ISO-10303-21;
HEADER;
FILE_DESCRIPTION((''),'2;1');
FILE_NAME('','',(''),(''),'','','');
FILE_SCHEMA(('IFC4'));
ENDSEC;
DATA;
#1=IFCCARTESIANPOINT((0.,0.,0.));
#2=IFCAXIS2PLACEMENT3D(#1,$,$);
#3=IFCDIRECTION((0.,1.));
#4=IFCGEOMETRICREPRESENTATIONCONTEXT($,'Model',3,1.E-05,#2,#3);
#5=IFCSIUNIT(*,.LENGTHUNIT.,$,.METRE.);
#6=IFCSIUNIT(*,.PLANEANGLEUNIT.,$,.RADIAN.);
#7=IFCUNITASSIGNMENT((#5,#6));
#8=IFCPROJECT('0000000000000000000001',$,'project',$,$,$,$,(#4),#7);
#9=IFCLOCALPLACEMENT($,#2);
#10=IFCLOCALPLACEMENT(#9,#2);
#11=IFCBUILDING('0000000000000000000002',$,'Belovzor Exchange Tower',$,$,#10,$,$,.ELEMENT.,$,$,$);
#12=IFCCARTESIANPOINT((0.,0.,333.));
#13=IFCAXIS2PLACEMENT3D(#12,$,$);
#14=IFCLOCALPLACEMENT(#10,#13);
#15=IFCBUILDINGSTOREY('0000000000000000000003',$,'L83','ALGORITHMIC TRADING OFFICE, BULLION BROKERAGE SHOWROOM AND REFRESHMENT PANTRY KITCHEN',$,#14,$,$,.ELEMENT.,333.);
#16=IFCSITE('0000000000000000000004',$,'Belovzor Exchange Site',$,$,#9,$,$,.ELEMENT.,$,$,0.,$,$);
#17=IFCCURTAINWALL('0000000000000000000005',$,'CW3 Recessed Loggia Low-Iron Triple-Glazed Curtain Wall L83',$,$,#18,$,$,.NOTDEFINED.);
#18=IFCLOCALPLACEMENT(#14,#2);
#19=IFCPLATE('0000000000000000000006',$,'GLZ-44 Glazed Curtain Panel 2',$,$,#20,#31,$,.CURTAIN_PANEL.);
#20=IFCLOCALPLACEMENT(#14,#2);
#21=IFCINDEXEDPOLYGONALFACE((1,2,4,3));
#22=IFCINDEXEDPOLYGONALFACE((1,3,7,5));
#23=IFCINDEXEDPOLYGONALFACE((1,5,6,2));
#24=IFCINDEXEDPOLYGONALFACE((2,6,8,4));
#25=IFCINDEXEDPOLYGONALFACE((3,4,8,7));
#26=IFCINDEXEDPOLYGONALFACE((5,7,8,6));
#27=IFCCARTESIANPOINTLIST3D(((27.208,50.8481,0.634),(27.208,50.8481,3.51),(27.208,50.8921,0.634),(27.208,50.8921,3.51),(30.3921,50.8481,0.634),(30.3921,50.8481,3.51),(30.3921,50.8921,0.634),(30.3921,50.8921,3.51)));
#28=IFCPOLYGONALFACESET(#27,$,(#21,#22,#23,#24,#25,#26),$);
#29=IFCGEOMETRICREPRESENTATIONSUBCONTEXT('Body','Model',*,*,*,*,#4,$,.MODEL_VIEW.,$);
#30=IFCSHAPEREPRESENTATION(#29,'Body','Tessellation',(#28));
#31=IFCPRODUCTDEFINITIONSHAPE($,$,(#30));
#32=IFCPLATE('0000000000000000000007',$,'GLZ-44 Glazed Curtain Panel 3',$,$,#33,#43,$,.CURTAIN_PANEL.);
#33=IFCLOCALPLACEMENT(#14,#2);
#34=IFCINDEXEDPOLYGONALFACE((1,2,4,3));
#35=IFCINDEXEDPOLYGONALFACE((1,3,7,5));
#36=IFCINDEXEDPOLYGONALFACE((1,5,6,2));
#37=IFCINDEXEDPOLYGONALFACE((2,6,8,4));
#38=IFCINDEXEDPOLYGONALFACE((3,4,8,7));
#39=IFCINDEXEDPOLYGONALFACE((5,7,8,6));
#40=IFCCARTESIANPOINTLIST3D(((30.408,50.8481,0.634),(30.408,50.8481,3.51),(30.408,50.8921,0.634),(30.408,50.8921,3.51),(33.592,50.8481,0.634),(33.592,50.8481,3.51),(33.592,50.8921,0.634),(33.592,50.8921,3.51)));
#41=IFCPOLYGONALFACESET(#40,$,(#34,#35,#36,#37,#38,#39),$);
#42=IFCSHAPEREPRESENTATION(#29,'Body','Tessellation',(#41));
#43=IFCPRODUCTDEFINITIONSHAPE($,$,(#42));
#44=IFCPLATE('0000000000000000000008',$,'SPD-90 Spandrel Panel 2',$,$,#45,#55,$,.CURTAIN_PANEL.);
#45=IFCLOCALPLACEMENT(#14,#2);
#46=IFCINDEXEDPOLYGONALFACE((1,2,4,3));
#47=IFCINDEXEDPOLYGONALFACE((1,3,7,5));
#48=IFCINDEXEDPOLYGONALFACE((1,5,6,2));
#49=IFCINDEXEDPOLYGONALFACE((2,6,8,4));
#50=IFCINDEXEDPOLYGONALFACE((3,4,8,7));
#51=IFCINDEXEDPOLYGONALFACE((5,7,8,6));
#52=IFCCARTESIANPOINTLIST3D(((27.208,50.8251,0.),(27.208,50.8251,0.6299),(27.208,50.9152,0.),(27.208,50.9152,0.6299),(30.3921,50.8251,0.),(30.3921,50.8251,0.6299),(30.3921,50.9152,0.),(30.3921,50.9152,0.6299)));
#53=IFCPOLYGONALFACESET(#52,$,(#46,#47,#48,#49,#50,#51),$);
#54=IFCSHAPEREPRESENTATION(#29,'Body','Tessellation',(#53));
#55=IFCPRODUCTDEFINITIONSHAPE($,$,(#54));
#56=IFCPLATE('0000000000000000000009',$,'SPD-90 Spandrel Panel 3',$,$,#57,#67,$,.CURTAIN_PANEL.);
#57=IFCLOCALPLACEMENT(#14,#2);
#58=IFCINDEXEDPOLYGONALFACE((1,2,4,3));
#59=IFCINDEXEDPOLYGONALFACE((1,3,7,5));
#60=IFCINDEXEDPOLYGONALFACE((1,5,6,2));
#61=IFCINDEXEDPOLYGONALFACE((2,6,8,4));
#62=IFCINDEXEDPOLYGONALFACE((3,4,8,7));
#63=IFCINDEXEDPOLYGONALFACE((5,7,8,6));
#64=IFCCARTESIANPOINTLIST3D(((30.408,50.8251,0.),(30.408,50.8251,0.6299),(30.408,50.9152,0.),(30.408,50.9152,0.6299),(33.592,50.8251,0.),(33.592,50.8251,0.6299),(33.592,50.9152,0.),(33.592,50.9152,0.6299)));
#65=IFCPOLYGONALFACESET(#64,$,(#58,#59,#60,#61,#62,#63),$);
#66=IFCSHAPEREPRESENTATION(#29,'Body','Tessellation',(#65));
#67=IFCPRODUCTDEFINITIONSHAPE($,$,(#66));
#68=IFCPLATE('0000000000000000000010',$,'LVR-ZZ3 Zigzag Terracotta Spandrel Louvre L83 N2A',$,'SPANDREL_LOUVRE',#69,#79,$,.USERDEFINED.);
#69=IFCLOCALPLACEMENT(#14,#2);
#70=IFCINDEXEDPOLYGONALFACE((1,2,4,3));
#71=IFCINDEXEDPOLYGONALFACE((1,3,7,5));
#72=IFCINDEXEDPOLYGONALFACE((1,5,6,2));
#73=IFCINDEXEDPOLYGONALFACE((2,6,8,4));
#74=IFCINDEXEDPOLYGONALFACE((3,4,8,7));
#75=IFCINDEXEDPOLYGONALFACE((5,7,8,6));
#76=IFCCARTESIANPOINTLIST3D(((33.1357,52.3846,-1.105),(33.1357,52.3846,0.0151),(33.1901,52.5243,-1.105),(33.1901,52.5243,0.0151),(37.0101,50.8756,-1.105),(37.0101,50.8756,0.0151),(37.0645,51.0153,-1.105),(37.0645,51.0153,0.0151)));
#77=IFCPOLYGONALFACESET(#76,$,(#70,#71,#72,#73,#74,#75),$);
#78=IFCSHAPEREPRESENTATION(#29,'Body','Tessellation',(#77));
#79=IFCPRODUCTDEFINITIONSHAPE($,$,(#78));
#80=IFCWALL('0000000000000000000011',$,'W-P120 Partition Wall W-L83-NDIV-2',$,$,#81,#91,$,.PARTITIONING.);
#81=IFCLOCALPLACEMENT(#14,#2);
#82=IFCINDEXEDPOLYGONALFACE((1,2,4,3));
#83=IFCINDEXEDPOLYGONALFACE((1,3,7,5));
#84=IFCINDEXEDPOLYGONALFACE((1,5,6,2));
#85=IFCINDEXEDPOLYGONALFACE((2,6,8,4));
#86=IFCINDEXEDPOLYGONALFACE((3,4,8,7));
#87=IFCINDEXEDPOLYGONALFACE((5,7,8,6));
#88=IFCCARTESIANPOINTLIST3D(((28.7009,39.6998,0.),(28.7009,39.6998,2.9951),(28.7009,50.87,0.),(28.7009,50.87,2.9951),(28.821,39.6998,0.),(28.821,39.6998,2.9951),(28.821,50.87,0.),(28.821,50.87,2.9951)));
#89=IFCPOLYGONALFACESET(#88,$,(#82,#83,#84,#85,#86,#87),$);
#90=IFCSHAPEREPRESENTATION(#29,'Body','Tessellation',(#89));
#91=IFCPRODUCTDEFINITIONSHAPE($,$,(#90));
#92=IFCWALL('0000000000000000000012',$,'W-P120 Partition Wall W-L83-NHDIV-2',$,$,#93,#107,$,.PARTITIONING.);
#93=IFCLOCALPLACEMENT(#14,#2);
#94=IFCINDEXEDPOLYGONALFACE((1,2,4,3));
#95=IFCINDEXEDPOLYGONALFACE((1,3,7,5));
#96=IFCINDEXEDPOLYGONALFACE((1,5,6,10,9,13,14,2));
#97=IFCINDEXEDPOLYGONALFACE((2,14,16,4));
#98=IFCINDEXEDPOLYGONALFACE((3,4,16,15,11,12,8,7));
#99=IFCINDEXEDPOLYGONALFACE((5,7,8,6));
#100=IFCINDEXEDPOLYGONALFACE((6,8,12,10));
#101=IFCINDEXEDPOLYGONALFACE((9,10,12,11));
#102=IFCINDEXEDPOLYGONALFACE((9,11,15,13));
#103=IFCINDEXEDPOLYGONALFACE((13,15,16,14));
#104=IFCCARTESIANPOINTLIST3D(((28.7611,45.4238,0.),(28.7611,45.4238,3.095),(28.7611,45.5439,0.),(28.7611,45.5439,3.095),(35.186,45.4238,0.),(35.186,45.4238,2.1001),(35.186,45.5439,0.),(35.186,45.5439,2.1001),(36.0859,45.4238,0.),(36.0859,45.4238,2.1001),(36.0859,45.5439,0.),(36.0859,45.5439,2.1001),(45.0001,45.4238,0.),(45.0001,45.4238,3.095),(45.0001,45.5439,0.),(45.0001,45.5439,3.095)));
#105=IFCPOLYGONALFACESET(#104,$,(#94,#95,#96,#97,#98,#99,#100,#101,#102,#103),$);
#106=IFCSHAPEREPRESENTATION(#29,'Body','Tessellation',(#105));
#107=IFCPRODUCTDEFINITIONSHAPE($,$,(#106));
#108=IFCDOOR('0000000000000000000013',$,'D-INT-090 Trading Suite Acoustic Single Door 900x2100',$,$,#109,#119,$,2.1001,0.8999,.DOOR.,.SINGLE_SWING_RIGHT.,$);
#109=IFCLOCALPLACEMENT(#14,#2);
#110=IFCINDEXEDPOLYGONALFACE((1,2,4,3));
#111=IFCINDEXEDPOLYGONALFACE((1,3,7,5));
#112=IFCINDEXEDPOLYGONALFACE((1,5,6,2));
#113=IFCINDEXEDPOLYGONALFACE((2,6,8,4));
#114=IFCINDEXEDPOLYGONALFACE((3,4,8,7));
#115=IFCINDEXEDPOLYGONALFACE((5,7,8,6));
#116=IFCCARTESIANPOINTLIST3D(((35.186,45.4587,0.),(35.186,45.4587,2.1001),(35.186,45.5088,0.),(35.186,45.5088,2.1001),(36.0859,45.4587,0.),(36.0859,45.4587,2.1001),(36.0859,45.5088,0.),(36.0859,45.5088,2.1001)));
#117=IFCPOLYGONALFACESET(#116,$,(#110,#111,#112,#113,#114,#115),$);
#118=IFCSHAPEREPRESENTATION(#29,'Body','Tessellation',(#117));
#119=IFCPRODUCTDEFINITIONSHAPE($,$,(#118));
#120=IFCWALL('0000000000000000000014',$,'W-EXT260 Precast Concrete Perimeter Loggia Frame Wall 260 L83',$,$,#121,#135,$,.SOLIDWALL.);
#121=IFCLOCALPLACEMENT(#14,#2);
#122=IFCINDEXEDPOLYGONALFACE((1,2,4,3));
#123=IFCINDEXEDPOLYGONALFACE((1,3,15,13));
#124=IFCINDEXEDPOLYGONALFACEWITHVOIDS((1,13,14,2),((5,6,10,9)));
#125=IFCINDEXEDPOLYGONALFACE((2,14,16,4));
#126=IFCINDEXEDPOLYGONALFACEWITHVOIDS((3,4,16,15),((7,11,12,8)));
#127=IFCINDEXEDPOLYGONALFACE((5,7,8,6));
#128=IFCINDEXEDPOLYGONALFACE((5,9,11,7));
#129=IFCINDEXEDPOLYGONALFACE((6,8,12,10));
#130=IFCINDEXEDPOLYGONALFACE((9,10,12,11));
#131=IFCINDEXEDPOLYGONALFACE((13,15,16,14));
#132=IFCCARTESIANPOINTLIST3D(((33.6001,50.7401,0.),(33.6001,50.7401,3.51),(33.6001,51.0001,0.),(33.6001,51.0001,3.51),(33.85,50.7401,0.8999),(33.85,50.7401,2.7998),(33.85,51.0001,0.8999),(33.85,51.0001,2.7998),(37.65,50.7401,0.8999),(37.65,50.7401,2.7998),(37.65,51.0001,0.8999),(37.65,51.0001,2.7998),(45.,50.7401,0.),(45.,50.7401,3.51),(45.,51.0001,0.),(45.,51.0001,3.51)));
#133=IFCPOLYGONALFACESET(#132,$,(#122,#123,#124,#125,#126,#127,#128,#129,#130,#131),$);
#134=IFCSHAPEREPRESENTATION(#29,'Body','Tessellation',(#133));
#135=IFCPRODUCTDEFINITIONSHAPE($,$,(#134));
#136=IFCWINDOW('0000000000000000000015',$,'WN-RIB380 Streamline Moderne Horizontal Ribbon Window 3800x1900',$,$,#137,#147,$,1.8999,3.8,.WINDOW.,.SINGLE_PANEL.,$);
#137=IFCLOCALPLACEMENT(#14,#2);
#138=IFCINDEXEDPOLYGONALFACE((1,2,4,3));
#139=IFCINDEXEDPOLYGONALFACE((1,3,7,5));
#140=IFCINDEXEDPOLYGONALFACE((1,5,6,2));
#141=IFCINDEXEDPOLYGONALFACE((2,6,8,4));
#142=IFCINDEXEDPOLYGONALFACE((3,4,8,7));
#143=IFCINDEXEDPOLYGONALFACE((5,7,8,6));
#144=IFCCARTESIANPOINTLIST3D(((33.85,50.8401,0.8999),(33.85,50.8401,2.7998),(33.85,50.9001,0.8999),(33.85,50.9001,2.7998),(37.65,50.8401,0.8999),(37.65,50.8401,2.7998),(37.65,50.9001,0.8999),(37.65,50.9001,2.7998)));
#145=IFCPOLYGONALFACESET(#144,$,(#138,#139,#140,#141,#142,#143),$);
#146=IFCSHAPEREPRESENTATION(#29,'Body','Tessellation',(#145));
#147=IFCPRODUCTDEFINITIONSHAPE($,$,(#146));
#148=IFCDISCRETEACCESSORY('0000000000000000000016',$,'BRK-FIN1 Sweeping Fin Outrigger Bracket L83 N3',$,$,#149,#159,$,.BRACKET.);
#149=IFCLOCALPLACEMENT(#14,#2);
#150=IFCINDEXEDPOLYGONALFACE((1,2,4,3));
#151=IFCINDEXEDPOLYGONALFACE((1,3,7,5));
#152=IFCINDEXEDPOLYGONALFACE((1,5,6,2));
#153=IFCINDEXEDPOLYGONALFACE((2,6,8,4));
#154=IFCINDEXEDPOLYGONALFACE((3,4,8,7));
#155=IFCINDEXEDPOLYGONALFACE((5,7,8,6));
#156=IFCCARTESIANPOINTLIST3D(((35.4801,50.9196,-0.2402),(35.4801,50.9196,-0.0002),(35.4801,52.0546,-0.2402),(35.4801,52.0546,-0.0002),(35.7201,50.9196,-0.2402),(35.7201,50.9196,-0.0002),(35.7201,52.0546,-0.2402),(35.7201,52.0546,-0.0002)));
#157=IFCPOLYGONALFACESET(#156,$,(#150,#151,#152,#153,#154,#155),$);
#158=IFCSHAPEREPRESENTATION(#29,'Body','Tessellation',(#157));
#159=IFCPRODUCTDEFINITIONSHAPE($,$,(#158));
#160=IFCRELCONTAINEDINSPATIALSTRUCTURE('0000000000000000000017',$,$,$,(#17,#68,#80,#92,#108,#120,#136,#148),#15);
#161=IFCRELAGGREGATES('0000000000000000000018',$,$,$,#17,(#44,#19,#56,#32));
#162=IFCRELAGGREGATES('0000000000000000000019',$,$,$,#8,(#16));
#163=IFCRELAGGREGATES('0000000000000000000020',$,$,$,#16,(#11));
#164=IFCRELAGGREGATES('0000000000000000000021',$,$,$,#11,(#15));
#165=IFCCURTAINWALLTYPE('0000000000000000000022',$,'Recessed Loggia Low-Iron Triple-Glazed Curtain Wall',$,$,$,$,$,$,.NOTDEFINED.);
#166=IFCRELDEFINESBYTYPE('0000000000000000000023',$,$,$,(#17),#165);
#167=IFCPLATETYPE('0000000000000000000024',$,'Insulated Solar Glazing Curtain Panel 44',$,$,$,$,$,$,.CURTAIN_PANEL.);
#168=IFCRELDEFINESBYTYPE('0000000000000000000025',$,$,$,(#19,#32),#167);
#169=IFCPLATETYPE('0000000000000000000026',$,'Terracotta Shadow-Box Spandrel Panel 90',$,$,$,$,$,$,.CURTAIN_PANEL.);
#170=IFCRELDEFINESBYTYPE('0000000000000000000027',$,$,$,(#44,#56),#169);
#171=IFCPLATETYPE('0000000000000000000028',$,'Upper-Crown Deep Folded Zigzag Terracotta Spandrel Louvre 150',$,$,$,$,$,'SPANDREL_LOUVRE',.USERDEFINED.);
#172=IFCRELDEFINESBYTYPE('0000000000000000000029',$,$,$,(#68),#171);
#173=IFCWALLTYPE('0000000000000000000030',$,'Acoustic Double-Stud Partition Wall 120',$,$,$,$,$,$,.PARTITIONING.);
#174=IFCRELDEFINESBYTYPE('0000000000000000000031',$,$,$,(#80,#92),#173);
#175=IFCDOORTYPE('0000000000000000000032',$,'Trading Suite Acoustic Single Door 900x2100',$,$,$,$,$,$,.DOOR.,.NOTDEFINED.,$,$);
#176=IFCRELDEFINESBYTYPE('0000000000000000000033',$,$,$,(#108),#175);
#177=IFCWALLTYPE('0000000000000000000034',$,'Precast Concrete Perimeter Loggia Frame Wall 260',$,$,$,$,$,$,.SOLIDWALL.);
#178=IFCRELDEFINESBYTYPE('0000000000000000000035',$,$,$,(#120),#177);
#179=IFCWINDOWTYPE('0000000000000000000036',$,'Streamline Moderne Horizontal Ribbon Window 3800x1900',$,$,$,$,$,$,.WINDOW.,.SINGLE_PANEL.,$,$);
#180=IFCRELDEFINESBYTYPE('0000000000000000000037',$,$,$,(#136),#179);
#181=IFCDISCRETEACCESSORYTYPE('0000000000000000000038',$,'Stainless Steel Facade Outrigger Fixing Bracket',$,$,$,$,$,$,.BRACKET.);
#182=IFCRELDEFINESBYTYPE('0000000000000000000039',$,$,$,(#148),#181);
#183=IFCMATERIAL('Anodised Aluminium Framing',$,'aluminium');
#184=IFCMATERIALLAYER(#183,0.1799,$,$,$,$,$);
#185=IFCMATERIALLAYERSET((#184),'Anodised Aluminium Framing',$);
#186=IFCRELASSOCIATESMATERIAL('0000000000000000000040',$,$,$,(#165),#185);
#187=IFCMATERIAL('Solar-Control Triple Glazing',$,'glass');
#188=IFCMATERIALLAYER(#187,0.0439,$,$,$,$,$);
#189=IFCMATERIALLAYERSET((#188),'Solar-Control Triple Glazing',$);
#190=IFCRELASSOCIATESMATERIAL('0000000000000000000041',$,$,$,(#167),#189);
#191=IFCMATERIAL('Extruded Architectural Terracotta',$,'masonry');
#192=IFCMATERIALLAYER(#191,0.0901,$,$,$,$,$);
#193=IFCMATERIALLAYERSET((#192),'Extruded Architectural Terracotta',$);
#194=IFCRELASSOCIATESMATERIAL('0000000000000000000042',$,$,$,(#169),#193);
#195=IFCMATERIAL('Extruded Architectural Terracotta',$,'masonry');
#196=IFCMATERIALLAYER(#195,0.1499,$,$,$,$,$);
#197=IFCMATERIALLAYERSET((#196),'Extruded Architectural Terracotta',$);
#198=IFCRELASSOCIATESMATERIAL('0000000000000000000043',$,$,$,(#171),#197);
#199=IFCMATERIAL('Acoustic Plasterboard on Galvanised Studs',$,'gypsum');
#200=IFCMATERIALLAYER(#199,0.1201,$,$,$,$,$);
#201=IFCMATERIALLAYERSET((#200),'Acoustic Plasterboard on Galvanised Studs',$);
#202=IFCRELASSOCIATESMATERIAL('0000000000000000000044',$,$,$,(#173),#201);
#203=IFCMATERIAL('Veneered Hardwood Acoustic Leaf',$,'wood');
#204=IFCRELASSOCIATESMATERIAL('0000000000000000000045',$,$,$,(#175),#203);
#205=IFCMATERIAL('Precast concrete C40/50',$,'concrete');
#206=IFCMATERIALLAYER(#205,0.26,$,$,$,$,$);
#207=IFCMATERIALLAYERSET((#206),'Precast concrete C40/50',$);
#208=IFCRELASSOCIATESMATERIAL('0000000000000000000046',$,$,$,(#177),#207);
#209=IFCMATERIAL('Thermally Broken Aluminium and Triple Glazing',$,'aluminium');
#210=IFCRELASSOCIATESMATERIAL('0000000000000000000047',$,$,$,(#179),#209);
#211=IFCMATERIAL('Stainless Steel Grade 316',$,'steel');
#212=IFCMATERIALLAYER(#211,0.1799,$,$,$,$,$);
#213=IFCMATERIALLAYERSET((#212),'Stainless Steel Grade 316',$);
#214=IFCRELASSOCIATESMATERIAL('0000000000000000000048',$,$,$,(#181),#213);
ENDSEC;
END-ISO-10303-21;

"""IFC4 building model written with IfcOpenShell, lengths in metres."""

from ifc_helpers import new_model, si_unit, direction, frame, frame_2d, origin, origin_2d, place, context, subcontext, project, spatial, rectangle, extrude, material, layer, layer_set, type_object, element, fill, aggregate, save


model = new_model("IFC4")

# Units and contexts
model_context = context("Model", 3, precision=1e-05, world=origin(), true_north=direction((0.0, 1.0)))
body_context = subcontext(model_context, "Body", "Model", "MODEL_VIEW")
ifc_project = project(units=[si_unit("LENGTHUNIT", "METRE"), si_unit("PLANEANGLEUNIT", "RADIAN")], contexts=[model_context])

# Site, building, storey
site_placement = place(None, origin())
site = spatial("IfcSite", under=ifc_project, at=site_placement, Name="Belovzor Exchange Site", CompositionType="ELEMENT", RefElevation=0.0)
building_placement = place(site_placement, origin())
building = spatial("IfcBuilding", under=site, at=building_placement, Name="Belovzor Exchange Tower", CompositionType="ELEMENT")
storey_placement = place(building_placement, frame((0.0, 0.0, 333.0)))
storey = spatial("IfcBuildingStorey", under=building, at=storey_placement, Name="L83", Description="ALGORITHMIC TRADING OFFICE, BULLION BROKERAGE SHOWROOM AND REFRESHMENT PANTRY KITCHEN", CompositionType="ELEMENT", Elevation=333.0)

# Curtain wall
ifc_material_1 = material(Name="Anodised Aluminium Framing", Category="aluminium")
ifc_layer_1 = layer(ifc_material_1, 0.1799)
ifc_layer_set_1 = layer_set([ifc_layer_1], Name="Anodised Aluminium Framing")
curtain_wall_type = type_object("IfcCurtainWallType", Name="Recessed Loggia Low-Iron Triple-Glazed Curtain Wall", PredefinedType="NOTDEFINED", material=ifc_layer_set_1)
curtain_wall_placement = place(storey_placement, origin())
curtain_wall = element("IfcCurtainWall", 1, at=curtain_wall_placement, inside=storey, type_object=curtain_wall_type, Name="CW3 Recessed Loggia Low-Iron Triple-Glazed Curtain Wall L83", PredefinedType="NOTDEFINED")

# Plates
ifc_material_2 = material(Name="Solar-Control Triple Glazing", Category="glass")
ifc_layer_2 = layer(ifc_material_2, 0.0439)
ifc_layer_set_2 = layer_set([ifc_layer_2], Name="Solar-Control Triple Glazing")
plate_type_1 = type_object("IfcPlateType", Name="Insulated Solar Glazing Curtain Panel 44", PredefinedType="CURTAIN_PANEL", material=ifc_layer_set_2)
plate_1_placement = place(storey_placement, frame((28.8, 50.8701, 0.634), z_axis=(0.0, 0.0, 1.0), x_axis=(1.0, 0.0, 0.0)))
plate_1 = element("IfcPlate", 2, at=plate_1_placement, type_object=plate_type_1, Name="GLZ-44 Glazed Curtain Panel 2", PredefinedType="CURTAIN_PANEL", context=body_context, shape_type="SweptSolid", body=[
    extrude(rectangle(XDim=3.1841, YDim=0.0439, at=origin_2d()), origin(), (0.0, 0.0, 1.0), 2.876),
])
plate_2_placement = place(storey_placement, frame((32.0, 50.8701, 0.634), z_axis=(0.0, 0.0, 1.0), x_axis=(1.0, 0.0, 0.0)))
plate_2 = element("IfcPlate", 3, at=plate_2_placement, type_object=plate_type_1, Name="GLZ-44 Glazed Curtain Panel 3", PredefinedType="CURTAIN_PANEL", context=body_context, shape_type="SweptSolid", body=[
    extrude(rectangle(XDim=3.1841, YDim=0.0439, at=origin_2d()), origin(), (0.0, 0.0, 1.0), 2.876),
])
ifc_material_3 = material(Name="Extruded Architectural Terracotta", Category="masonry")
ifc_layer_3 = layer(ifc_material_3, 0.0901)
ifc_layer_set_3 = layer_set([ifc_layer_3], Name="Extruded Architectural Terracotta")
plate_type_2 = type_object("IfcPlateType", Name="Terracotta Shadow-Box Spandrel Panel 90", PredefinedType="CURTAIN_PANEL", material=ifc_layer_set_3)
plate_3_placement = place(storey_placement, frame((28.8, 50.8701, 0.0), z_axis=(0.0, 0.0, 1.0), x_axis=(1.0, 0.0, 0.0)))
plate_3 = element("IfcPlate", 4, at=plate_3_placement, type_object=plate_type_2, Name="SPD-90 Spandrel Panel 2", PredefinedType="CURTAIN_PANEL", context=body_context, shape_type="SweptSolid", body=[
    extrude(rectangle(XDim=3.1841, YDim=0.0901, at=origin_2d()), origin(), (0.0, 0.0, 1.0), 0.6299),
])
plate_4_placement = place(storey_placement, frame((32.0, 50.8701, 0.0), z_axis=(0.0, 0.0, 1.0), x_axis=(1.0, 0.0, 0.0)))
plate_4 = element("IfcPlate", 5, at=plate_4_placement, type_object=plate_type_2, Name="SPD-90 Spandrel Panel 3", PredefinedType="CURTAIN_PANEL", context=body_context, shape_type="SweptSolid", body=[
    extrude(rectangle(XDim=3.1841, YDim=0.0901, at=origin_2d()), origin(), (0.0, 0.0, 1.0), 0.6299),
])
aggregate(curtain_wall, [plate_3, plate_1, plate_4, plate_2])
ifc_material_4 = material(Name="Extruded Architectural Terracotta", Category="masonry")
ifc_layer_4 = layer(ifc_material_4, 0.1499)
ifc_layer_set_4 = layer_set([ifc_layer_4], Name="Extruded Architectural Terracotta")
plate_type_3 = type_object("IfcPlateType", Name="Upper-Crown Deep Folded Zigzag Terracotta Spandrel Louvre 150", ElementType="SPANDREL_LOUVRE", PredefinedType="USERDEFINED", material=ifc_layer_set_4)
plate_5_placement = place(storey_placement, frame((35.1001, 51.7, -1.105), z_axis=(0.0, 0.0, 1.0), x_axis=(0.931818, -0.362926, 0.0)))
element("IfcPlate", 6, at=plate_5_placement, inside=storey, type_object=plate_type_3, Name="LVR-ZZ3 Zigzag Terracotta Spandrel Louvre L83 N2A", ObjectType="SPANDREL_LOUVRE", PredefinedType="USERDEFINED", context=body_context, shape_type="SweptSolid", body=[
    extrude(rectangle(XDim=4.158, YDim=0.1499, at=origin_2d()), origin(), (0.0, 0.0, 1.0), 1.1201),
])

# Wall
ifc_material_5 = material(Name="Acoustic Plasterboard on Galvanised Studs", Category="gypsum")
ifc_layer_5 = layer(ifc_material_5, 0.1201)
ifc_layer_set_5 = layer_set([ifc_layer_5], Name="Acoustic Plasterboard on Galvanised Studs")
wall_type_1 = type_object("IfcWallType", Name="Acoustic Double-Stud Partition Wall 120", PredefinedType="PARTITIONING", material=ifc_layer_set_5)
wall_1_placement = place(storey_placement, frame((28.761, 39.7, 0.0), z_axis=(0.0, 0.0, 1.0), x_axis=(0.0, 1.0, 0.0)))
element("IfcWall", 7, at=wall_1_placement, inside=storey, type_object=wall_type_1, Name="W-P120 Partition Wall W-L83-NDIV-2", PredefinedType="PARTITIONING", context=body_context, shape_type="SweptSolid", body=[
    extrude(rectangle(XDim=11.1702, YDim=0.1201, at=frame_2d((5.585, 0.0))), origin(), (0.0, 0.0, 1.0), 2.9951),
])

# Wall, opening, door
wall_2_placement = place(storey_placement, frame((28.761, 45.4839, 0.0), z_axis=(0.0, 0.0, 1.0), x_axis=(1.0, 0.0, 0.0)))
wall_2 = element("IfcWall", 8, at=wall_2_placement, inside=storey, type_object=wall_type_1, Name="W-P120 Partition Wall W-L83-NHDIV-2", PredefinedType="PARTITIONING", context=body_context, shape_type="SweptSolid", body=[
    extrude(rectangle(XDim=16.239, YDim=0.1201, at=frame_2d((8.1196, 0.0))), origin(), (0.0, 0.0, 1.0), 3.095),
])
opening_1_placement = place(wall_2_placement, frame((6.425, 0.0, 0.0)))
opening_1 = element("IfcOpeningElement", 9, at=opening_1_placement, cuts=wall_2, PredefinedType="OPENING", context=body_context, shape_type="SweptSolid", body=[
    extrude(rectangle(XDim=0.8999, YDim=2.1001, at=frame_2d((0.45, 1.05))), frame((0.0, 0.0701, 0.0), z_axis=(0.0, -1.0, 0.0), x_axis=(1.0, 0.0, 0.0)), (0.0, 0.0, 1.0), 0.1401),
])
ifc_material_6 = material(Name="Veneered Hardwood Acoustic Leaf", Category="wood")
door_type = type_object("IfcDoorType", Name="Trading Suite Acoustic Single Door 900x2100", OperationType="NOTDEFINED", PredefinedType="DOOR", material=ifc_material_6)
door_placement = place(opening_1_placement, origin())
door = element("IfcDoor", 10, at=door_placement, inside=storey, type_object=door_type, Name="D-INT-090 Trading Suite Acoustic Single Door 900x2100", OperationType="SINGLE_SWING_RIGHT", OverallHeight=2.1001, OverallWidth=0.8999, PredefinedType="DOOR", context=body_context, shape_type="SweptSolid", body=[
    extrude(rectangle(XDim=0.8999, YDim=2.1001, at=frame_2d((0.45, 1.05))), frame((0.0, 0.0249, 0.0), z_axis=(0.0, -1.0, 0.0), x_axis=(1.0, 0.0, 0.0)), (0.0, 0.0, 1.0), 0.05),
])
fill(opening_1, door)

# Wall, opening, window
ifc_material_7 = material(Name="Precast concrete C40/50", Category="concrete")
ifc_layer_6 = layer(ifc_material_7, 0.26)
ifc_layer_set_6 = layer_set([ifc_layer_6], Name="Precast concrete C40/50")
wall_type_2 = type_object("IfcWallType", Name="Precast Concrete Perimeter Loggia Frame Wall 260", PredefinedType="SOLIDWALL", material=ifc_layer_set_6)
wall_3_placement = place(storey_placement, frame((33.6001, 50.8701, 0.0), z_axis=(0.0, 0.0, 1.0), x_axis=(1.0, 0.0, 0.0)))
wall_3 = element("IfcWall", 11, at=wall_3_placement, inside=storey, type_object=wall_type_2, Name="W-EXT260 Precast Concrete Perimeter Loggia Frame Wall 260 L83", PredefinedType="SOLIDWALL", context=body_context, shape_type="SweptSolid", body=[
    extrude(rectangle(XDim=11.3999, YDim=0.26, at=frame_2d((5.7, 0.0))), origin(), (0.0, 0.0, 1.0), 3.51),
])
opening_2_placement = place(wall_3_placement, frame((0.25, 0.0, 0.8999)))
opening_2 = element("IfcOpeningElement", 12, at=opening_2_placement, cuts=wall_3, PredefinedType="OPENING", context=body_context, shape_type="SweptSolid", body=[
    extrude(rectangle(XDim=3.8, YDim=1.8999, at=frame_2d((1.8999, 0.95))), frame((0.0, 0.1399, 0.0), z_axis=(0.0, -1.0, 0.0), x_axis=(1.0, 0.0, 0.0)), (0.0, 0.0, 1.0), 0.28),
])
ifc_material_8 = material(Name="Thermally Broken Aluminium and Triple Glazing", Category="aluminium")
window_type = type_object("IfcWindowType", Name="Streamline Moderne Horizontal Ribbon Window 3800x1900", PartitioningType="SINGLE_PANEL", PredefinedType="WINDOW", material=ifc_material_8)
window_placement = place(opening_2_placement, origin())
window = element("IfcWindow", 13, at=window_placement, inside=storey, type_object=window_type, Name="WN-RIB380 Streamline Moderne Horizontal Ribbon Window 3800x1900", OverallHeight=1.8999, OverallWidth=3.8, PartitioningType="SINGLE_PANEL", PredefinedType="WINDOW", context=body_context, shape_type="SweptSolid", body=[
    extrude(rectangle(XDim=3.8, YDim=1.8999, at=frame_2d((1.8999, 0.95))), frame((0.0, 0.03, 0.0), z_axis=(0.0, -1.0, 0.0), x_axis=(1.0, 0.0, 0.0)), (0.0, 0.0, 1.0), 0.0601),
])
fill(opening_2, window)

# Discrete accessory
ifc_material_9 = material(Name="Stainless Steel Grade 316", Category="steel")
ifc_layer_7 = layer(ifc_material_9, 0.1799)
ifc_layer_set_7 = layer_set([ifc_layer_7], Name="Stainless Steel Grade 316")
discrete_accessory_type = type_object("IfcDiscreteAccessoryType", Name="Stainless Steel Facade Outrigger Fixing Bracket", PredefinedType="BRACKET", material=ifc_layer_set_7)
discrete_accessory_placement = place(storey_placement, frame((35.6001, 51.4871, -0.2402), z_axis=(0.0, 0.0, 1.0), x_axis=(0.0, 1.0, 0.0)))
element("IfcDiscreteAccessory", 14, at=discrete_accessory_placement, inside=storey, type_object=discrete_accessory_type, Name="BRK-FIN1 Sweeping Fin Outrigger Bracket L83 N3", PredefinedType="BRACKET", context=body_context, shape_type="SweptSolid", body=[
    extrude(rectangle(XDim=1.135, YDim=0.24, at=origin_2d()), origin(), (0.0, 0.0, 1.0), 0.24),
])

save(model, "model.ifc")
